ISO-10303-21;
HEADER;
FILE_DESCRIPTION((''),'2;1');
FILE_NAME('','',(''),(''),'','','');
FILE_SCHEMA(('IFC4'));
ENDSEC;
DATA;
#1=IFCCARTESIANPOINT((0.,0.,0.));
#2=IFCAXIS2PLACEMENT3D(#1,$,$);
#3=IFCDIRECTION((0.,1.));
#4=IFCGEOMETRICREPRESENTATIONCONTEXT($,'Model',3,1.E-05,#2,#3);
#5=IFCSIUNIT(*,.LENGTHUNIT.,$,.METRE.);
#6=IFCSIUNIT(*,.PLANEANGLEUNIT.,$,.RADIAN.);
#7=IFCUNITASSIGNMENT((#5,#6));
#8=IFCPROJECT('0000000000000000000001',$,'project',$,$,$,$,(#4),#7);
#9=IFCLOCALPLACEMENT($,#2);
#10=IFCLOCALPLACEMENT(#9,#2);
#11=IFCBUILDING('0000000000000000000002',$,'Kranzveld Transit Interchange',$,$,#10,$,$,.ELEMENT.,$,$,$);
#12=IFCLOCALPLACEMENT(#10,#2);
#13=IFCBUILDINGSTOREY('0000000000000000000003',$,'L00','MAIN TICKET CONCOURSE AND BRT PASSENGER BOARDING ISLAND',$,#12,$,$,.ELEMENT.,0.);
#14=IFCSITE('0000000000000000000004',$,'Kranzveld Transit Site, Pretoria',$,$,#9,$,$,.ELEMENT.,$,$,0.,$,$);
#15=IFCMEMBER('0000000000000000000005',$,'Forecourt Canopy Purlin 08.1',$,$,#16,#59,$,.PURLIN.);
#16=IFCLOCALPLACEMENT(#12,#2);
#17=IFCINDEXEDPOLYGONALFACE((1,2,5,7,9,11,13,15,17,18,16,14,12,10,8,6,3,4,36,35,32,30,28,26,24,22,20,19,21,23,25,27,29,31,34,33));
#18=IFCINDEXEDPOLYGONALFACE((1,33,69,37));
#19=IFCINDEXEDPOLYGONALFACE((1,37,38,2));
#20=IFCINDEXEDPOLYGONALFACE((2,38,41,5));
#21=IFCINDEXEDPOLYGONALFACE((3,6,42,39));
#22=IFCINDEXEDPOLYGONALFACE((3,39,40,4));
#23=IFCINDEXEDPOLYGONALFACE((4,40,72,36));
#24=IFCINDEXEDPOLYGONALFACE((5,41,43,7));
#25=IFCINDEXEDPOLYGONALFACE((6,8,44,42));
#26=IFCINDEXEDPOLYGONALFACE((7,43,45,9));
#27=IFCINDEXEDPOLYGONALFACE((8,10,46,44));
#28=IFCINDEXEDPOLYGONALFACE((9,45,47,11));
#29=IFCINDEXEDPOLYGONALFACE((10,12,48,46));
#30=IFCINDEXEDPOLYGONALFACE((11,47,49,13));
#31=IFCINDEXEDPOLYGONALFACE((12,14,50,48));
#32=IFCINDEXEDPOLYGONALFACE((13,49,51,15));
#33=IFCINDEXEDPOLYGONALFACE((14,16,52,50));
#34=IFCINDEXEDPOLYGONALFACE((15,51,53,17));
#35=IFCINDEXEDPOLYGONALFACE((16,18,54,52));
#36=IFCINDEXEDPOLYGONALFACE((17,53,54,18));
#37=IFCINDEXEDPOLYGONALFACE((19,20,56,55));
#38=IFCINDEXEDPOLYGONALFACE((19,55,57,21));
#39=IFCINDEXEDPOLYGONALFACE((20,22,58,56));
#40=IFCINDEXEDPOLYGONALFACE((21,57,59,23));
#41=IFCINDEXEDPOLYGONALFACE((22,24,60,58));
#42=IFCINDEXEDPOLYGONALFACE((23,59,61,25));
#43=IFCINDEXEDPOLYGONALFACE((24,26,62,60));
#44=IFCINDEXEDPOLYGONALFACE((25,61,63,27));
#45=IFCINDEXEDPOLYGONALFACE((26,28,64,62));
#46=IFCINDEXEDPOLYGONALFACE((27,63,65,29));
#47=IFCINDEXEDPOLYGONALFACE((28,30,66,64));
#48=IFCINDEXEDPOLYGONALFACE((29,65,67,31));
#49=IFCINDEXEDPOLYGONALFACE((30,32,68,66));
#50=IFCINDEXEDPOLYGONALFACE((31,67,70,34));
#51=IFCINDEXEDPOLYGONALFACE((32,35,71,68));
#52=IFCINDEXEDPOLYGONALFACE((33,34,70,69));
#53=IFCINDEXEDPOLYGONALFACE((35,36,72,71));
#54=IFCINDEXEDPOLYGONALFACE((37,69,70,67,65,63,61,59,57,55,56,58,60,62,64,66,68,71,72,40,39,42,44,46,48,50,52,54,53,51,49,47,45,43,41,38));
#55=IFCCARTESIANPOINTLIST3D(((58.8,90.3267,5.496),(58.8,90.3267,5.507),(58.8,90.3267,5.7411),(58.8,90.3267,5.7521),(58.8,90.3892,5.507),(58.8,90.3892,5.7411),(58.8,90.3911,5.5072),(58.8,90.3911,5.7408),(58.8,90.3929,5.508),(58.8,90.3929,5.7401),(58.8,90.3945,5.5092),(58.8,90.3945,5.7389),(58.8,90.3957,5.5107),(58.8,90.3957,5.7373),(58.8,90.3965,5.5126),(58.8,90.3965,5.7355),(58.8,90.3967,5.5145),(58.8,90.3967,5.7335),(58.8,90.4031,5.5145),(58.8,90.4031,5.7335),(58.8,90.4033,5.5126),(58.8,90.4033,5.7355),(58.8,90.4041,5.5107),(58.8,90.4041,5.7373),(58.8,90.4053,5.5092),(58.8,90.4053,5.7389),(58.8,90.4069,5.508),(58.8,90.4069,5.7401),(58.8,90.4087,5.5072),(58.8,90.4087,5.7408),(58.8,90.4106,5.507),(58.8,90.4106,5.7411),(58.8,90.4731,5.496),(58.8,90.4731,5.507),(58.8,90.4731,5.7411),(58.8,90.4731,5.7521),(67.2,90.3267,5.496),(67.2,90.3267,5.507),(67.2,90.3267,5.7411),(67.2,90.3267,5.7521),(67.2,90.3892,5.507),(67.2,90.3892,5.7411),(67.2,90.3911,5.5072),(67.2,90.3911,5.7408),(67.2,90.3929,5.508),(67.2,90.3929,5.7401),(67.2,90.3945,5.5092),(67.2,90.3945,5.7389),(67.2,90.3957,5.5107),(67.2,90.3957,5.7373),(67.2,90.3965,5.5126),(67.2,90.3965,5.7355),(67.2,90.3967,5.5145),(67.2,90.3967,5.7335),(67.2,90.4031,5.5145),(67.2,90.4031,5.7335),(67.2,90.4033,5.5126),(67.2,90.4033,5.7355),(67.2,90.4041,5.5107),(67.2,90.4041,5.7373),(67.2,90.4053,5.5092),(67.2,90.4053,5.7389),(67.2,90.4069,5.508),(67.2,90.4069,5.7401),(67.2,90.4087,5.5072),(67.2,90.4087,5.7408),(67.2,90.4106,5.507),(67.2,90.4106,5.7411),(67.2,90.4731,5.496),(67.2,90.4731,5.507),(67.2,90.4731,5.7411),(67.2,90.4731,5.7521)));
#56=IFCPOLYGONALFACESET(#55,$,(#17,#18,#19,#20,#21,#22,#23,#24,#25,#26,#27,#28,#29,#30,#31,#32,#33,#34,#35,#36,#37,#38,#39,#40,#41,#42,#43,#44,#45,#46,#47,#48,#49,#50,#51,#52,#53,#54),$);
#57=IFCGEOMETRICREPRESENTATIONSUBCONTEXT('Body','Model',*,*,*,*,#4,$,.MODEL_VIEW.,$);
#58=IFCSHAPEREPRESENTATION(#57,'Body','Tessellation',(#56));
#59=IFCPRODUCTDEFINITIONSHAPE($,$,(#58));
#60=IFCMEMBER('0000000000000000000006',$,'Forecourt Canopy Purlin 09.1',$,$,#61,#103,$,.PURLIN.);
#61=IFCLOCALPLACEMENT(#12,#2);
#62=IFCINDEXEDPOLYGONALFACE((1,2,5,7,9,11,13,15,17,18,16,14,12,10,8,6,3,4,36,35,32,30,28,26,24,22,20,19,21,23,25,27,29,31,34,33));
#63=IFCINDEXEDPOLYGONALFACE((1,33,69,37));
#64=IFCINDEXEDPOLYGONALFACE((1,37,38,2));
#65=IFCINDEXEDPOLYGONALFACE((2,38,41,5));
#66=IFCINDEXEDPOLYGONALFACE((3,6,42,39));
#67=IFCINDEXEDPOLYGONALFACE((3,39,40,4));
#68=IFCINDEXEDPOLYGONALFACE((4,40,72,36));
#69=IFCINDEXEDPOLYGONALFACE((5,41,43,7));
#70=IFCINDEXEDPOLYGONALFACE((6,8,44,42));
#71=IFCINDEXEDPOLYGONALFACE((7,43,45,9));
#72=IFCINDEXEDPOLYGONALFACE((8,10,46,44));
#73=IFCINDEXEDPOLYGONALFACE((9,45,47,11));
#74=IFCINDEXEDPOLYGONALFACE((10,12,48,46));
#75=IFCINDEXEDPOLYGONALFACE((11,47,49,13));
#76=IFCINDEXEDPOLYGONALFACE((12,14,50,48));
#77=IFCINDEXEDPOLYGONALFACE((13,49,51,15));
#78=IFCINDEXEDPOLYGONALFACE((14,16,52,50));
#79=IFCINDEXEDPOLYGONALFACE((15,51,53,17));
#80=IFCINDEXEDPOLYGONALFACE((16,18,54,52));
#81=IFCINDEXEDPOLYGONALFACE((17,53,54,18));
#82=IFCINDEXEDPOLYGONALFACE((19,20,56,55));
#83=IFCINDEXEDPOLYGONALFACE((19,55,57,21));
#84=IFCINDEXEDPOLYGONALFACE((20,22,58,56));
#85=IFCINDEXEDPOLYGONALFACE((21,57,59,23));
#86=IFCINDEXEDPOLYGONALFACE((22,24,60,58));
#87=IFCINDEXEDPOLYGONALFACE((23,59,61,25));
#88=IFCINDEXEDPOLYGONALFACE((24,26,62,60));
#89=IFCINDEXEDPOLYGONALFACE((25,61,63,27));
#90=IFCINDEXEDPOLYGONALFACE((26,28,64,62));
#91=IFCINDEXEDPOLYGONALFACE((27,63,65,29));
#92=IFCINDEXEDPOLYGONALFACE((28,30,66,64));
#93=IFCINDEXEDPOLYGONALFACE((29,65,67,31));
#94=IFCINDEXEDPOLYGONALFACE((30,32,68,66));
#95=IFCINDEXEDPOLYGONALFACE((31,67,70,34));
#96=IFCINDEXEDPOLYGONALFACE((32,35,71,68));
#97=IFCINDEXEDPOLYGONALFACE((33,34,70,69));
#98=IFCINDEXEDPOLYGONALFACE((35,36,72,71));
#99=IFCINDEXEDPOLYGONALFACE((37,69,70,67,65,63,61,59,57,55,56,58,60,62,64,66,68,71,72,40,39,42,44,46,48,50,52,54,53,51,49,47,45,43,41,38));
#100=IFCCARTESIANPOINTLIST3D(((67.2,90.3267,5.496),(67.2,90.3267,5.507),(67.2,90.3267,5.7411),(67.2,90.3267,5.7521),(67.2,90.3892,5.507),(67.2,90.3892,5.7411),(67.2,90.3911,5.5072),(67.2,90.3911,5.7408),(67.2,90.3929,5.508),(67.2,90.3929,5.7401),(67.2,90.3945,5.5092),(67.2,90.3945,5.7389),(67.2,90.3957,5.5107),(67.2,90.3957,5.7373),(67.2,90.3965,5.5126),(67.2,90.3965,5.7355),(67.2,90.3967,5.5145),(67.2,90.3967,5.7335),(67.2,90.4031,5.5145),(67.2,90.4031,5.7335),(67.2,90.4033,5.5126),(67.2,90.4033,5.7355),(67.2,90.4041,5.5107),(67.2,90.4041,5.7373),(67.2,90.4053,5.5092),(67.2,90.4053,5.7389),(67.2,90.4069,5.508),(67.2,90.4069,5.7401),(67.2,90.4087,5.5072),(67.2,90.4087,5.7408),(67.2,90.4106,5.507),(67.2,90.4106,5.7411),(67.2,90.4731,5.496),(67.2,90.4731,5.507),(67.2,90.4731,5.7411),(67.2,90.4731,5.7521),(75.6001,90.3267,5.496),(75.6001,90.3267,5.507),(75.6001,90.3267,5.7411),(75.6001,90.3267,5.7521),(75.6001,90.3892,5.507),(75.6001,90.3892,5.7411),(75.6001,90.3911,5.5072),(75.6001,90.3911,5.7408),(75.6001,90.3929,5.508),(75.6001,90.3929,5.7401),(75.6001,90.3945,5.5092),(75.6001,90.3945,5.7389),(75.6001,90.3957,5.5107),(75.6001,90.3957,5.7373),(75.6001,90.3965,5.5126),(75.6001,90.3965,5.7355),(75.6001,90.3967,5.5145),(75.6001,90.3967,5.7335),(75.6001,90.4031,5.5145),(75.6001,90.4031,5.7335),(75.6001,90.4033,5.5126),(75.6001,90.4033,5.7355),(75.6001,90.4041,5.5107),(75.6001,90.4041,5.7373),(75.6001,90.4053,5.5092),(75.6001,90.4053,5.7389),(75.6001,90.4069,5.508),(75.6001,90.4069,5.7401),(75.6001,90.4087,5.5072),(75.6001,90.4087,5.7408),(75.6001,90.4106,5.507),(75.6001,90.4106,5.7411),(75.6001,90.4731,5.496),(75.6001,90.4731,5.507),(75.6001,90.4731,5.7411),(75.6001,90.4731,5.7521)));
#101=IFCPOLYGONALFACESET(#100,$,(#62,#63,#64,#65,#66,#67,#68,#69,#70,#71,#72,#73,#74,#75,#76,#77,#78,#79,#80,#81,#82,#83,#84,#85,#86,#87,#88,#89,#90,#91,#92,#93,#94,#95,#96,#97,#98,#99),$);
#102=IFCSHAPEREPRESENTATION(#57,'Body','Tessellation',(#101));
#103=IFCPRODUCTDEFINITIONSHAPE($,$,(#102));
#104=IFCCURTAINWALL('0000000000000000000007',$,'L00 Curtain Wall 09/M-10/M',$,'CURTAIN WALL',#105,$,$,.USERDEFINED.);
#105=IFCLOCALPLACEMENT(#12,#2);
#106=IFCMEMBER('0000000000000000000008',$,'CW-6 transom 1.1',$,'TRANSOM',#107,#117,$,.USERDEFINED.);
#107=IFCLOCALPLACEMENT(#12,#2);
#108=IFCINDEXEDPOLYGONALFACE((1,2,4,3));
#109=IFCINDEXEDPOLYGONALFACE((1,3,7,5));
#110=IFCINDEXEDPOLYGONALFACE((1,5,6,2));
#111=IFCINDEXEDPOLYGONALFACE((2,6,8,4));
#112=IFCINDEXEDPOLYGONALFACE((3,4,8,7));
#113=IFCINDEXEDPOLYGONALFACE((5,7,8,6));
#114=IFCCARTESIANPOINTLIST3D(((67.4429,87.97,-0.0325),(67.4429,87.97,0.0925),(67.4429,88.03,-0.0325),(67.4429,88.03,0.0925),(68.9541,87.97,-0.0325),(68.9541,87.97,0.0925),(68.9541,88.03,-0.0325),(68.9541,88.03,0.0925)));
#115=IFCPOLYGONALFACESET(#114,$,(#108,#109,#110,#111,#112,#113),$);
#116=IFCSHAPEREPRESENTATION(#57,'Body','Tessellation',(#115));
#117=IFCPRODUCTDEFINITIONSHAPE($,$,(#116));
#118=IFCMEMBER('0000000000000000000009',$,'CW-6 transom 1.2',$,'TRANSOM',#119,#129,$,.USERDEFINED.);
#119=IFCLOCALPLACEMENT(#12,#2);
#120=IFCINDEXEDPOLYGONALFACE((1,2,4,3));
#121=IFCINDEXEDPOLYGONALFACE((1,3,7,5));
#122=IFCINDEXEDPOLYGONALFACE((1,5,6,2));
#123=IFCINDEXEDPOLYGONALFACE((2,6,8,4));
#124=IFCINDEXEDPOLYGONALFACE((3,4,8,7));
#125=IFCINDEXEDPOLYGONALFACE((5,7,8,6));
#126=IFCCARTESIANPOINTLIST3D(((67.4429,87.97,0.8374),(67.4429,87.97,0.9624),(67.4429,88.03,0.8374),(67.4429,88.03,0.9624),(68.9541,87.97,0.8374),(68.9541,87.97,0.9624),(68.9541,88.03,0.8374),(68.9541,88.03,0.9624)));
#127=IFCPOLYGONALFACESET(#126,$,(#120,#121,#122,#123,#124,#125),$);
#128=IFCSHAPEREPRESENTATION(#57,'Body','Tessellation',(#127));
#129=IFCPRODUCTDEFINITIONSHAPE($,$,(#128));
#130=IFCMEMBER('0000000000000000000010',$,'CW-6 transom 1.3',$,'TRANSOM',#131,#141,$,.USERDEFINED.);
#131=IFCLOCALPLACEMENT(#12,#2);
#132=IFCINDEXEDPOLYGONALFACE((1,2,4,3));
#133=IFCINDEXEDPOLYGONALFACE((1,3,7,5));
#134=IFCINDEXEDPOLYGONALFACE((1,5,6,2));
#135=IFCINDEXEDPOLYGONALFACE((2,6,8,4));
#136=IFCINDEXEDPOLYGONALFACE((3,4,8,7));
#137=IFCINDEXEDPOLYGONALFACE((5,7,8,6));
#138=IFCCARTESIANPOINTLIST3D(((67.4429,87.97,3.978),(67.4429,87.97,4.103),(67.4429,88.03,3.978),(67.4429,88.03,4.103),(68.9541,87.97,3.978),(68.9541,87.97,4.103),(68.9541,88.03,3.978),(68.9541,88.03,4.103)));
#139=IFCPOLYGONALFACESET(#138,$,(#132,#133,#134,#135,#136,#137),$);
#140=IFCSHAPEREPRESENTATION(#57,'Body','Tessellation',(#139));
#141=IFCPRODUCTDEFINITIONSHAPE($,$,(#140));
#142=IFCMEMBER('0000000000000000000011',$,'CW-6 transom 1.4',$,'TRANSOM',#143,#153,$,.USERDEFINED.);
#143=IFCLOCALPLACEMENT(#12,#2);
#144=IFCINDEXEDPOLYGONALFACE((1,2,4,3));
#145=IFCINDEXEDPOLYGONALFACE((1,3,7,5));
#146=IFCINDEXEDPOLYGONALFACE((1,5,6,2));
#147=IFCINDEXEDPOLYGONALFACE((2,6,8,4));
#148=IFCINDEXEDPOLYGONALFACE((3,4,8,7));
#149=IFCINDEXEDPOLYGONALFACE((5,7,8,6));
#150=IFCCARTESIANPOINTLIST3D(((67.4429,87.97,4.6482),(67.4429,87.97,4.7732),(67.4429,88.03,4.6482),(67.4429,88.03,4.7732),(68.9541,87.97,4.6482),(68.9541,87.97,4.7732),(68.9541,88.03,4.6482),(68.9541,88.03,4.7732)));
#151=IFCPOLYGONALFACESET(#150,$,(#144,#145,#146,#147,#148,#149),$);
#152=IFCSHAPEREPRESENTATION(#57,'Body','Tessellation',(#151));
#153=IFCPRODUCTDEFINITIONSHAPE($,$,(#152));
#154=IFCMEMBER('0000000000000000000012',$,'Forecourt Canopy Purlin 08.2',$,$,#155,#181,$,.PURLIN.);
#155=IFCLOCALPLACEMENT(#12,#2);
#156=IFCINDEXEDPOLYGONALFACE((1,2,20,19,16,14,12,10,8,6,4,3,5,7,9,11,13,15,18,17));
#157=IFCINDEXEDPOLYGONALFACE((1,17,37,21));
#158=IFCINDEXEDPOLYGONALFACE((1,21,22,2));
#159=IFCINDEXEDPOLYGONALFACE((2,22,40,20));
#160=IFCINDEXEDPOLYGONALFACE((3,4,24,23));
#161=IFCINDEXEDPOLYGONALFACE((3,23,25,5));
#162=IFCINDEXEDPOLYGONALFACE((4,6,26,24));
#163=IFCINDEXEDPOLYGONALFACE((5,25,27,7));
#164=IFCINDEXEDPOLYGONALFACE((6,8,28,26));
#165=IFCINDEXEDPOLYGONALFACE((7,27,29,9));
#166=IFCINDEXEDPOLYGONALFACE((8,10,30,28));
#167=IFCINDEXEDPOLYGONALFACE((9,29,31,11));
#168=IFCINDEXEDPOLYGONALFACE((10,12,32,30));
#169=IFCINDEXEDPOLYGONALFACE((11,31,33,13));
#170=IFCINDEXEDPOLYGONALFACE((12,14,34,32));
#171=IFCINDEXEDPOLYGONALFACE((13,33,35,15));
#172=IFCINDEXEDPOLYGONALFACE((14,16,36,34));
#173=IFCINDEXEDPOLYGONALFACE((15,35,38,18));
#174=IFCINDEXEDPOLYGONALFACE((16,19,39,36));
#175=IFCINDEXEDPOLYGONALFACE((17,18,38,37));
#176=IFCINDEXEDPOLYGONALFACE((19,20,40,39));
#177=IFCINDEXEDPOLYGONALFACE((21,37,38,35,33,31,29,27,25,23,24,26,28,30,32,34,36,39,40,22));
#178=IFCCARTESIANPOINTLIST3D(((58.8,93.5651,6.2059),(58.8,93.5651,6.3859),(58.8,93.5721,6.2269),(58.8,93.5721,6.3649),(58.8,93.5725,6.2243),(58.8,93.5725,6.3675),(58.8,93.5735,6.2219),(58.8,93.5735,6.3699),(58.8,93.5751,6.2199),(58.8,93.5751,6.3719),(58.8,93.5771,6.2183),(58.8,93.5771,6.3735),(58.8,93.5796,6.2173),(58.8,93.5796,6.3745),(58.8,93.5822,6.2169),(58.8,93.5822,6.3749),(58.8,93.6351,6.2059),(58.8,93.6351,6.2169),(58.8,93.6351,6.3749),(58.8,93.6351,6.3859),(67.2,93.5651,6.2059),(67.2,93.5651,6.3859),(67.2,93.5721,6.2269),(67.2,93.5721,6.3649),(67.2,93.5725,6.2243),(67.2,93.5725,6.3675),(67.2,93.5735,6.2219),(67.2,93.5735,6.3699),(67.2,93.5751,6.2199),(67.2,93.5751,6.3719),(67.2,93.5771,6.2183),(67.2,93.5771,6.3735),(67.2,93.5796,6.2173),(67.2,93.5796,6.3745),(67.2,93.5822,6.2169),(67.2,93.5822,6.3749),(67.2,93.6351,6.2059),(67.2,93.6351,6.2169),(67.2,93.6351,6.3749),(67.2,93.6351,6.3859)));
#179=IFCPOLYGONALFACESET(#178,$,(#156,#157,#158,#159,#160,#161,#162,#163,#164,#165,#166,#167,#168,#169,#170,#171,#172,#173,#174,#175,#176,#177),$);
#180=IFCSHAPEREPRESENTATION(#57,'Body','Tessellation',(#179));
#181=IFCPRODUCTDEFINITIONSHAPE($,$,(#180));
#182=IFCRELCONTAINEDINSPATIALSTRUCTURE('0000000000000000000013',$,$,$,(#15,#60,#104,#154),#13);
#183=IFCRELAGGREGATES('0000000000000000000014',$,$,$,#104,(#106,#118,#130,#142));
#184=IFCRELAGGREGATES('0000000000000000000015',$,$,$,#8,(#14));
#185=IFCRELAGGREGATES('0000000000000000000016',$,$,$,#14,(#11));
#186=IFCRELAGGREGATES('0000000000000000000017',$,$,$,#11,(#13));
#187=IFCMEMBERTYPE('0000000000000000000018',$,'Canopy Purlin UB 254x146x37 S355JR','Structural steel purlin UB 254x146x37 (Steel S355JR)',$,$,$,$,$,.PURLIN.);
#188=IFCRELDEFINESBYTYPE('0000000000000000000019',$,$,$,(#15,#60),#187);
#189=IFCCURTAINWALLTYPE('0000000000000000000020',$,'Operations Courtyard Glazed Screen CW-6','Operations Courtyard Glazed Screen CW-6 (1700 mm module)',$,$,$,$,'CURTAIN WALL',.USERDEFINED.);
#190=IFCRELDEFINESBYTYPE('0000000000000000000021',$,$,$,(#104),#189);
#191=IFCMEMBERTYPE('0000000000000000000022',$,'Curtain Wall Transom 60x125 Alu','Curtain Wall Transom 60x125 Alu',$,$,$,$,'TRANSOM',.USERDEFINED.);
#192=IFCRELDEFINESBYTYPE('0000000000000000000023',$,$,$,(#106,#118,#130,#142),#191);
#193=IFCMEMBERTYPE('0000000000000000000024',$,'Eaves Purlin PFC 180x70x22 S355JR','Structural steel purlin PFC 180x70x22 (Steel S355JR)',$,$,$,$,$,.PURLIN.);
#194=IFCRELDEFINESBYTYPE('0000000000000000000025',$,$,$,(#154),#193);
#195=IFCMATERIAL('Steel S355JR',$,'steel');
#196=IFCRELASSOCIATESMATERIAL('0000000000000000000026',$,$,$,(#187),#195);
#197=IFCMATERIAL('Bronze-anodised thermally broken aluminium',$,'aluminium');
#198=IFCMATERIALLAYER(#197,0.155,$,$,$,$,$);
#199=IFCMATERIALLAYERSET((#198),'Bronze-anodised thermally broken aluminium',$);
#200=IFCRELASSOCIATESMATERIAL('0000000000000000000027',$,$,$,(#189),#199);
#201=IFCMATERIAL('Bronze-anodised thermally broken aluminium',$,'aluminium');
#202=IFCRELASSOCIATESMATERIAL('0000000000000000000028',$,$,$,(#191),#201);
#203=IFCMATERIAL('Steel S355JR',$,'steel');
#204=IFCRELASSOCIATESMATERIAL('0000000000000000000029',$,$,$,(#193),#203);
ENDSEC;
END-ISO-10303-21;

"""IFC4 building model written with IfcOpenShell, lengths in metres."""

from ifc_helpers import new_model, si_unit, direction, frame, origin, origin_2d, place, context, subcontext, project, spatial, rectangle, i_section, u_section, extrude, material, layer, layer_set, material_profile, profile_set, type_object, element, aggregate, save


model = new_model("IFC4")

# Units and contexts
model_context = context("Model", 3, precision=1e-05, world=origin(), true_north=direction((0.0, 1.0)))
body_context = subcontext(model_context, "Body", "Model", "MODEL_VIEW")
ifc_project = project(units=[si_unit("LENGTHUNIT", "METRE"), si_unit("PLANEANGLEUNIT", "RADIAN")], contexts=[model_context])

# Site, building, storey
site_placement = place(None, origin())
site = spatial("IfcSite", under=ifc_project, at=site_placement, Name="Kranzveld Transit Site, Pretoria", CompositionType="ELEMENT", RefElevation=0.0)
building_placement = place(site_placement, origin())
building = spatial("IfcBuilding", under=site, at=building_placement, Name="Kranzveld Transit Interchange", CompositionType="ELEMENT")
storey_placement = place(building_placement, origin())
storey = spatial("IfcBuildingStorey", under=building, at=storey_placement, Name="L00", Description="MAIN TICKET CONCOURSE AND BRT PASSENGER BOARDING ISLAND", CompositionType="ELEMENT", Elevation=0.0)

# Members
ifc_material_1 = material(Name="Steel S355JR", Category="steel")
ifc_material_profile_1 = material_profile(ifc_material_1, i_section(OverallWidth=0.1465, OverallDepth=0.2561, WebThickness=0.0063, FlangeThickness=0.011, FilletRadius=0.0076, at=origin_2d()), Name="UB 254x146x37")
ifc_profile_set_1 = profile_set([ifc_material_profile_1], Name="Steel S355JR")
member_type_1 = type_object("IfcMemberType", Name="Canopy Purlin UB 254x146x37 S355JR", Description="Structural steel purlin UB 254x146x37 (Steel S355JR)", PredefinedType="PURLIN", material=ifc_profile_set_1)
member_1_placement = place(storey_placement, frame((58.8, 90.3999, 5.624), z_axis=(1.0, 0.0, 0.0), x_axis=(0.0, 1.0, 0.0)))
element("IfcMember", 1, at=member_1_placement, inside=storey, type_object=member_type_1, Name="Forecourt Canopy Purlin 08.1", PredefinedType="PURLIN", context=body_context, shape_type="SweptSolid", body=[
    extrude(i_section(OverallWidth=0.1465, OverallDepth=0.2561, WebThickness=0.0063, FlangeThickness=0.011, FilletRadius=0.0076, at=origin_2d()), origin(), (0.0, 0.0, 1.0), 8.3999),
])
member_2_placement = place(storey_placement, frame((67.2, 90.3999, 5.624), z_axis=(1.0, 0.0, 0.0), x_axis=(0.0, 1.0, 0.0)))
element("IfcMember", 2, at=member_2_placement, inside=storey, type_object=member_type_1, Name="Forecourt Canopy Purlin 09.1", PredefinedType="PURLIN", context=body_context, shape_type="SweptSolid", body=[
    extrude(i_section(OverallWidth=0.1465, OverallDepth=0.2561, WebThickness=0.0063, FlangeThickness=0.011, FilletRadius=0.0076, at=origin_2d()), origin(), (0.0, 0.0, 1.0), 8.4001),
])

# Curtain wall, members
ifc_material_2 = material(Name="Bronze-anodised thermally broken aluminium", Category="aluminium")
ifc_layer_1 = layer(ifc_material_2, 0.155)
ifc_layer_set_1 = layer_set([ifc_layer_1], Name="Bronze-anodised thermally broken aluminium")
curtain_wall_type = type_object("IfcCurtainWallType", Name="Operations Courtyard Glazed Screen CW-6", Description="Operations Courtyard Glazed Screen CW-6 (1700 mm module)", ElementType="CURTAIN WALL", PredefinedType="USERDEFINED", material=ifc_layer_set_1)
curtain_wall_placement = place(storey_placement, origin())
curtain_wall = element("IfcCurtainWall", 3, at=curtain_wall_placement, inside=storey, type_object=curtain_wall_type, Name="L00 Curtain Wall 09/M-10/M", ObjectType="CURTAIN WALL", PredefinedType="USERDEFINED")
ifc_material_3 = material(Name="Bronze-anodised thermally broken aluminium", Category="aluminium")
ifc_material_profile_2 = material_profile(ifc_material_3, rectangle(XDim=0.0601, YDim=0.125, at=origin_2d()), Name="ALU TRANSOM 60x125")
ifc_profile_set_2 = profile_set([ifc_material_profile_2], Name="Bronze-anodised thermally broken aluminium")
member_type_2 = type_object("IfcMemberType", Name="Curtain Wall Transom 60x125 Alu", Description="Curtain Wall Transom 60x125 Alu", ElementType="TRANSOM", PredefinedType="USERDEFINED", material=ifc_profile_set_2)
member_3_placement = place(storey_placement, frame((67.4429, 88.0, 0.03), z_axis=(1.0, 0.0, 0.0), x_axis=(0.0, 1.0, 0.0)))
member_3 = element("IfcMember", 4, at=member_3_placement, type_object=member_type_2, Name="CW-6 transom 1.1", ObjectType="TRANSOM", PredefinedType="USERDEFINED", context=body_context, shape_type="SweptSolid", body=[
    extrude(rectangle(XDim=0.0601, YDim=0.125, at=origin_2d()), origin(), (0.0, 0.0, 1.0), 1.5112),
])
member_4_placement = place(storey_placement, frame((67.4429, 88.0, 0.8999), z_axis=(1.0, 0.0, 0.0), x_axis=(0.0, 1.0, 0.0)))
member_4 = element("IfcMember", 5, at=member_4_placement, type_object=member_type_2, Name="CW-6 transom 1.2", ObjectType="TRANSOM", PredefinedType="USERDEFINED", context=body_context, shape_type="SweptSolid", body=[
    extrude(rectangle(XDim=0.0601, YDim=0.125, at=origin_2d()), origin(), (0.0, 0.0, 1.0), 1.5112),
])
member_5_placement = place(storey_placement, frame((67.4429, 88.0, 4.0405), z_axis=(1.0, 0.0, 0.0), x_axis=(0.0, 1.0, 0.0)))
member_5 = element("IfcMember", 6, at=member_5_placement, type_object=member_type_2, Name="CW-6 transom 1.3", ObjectType="TRANSOM", PredefinedType="USERDEFINED", context=body_context, shape_type="SweptSolid", body=[
    extrude(rectangle(XDim=0.0601, YDim=0.125, at=origin_2d()), origin(), (0.0, 0.0, 1.0), 1.5112),
])
member_6_placement = place(storey_placement, frame((67.4429, 88.0, 4.7107), z_axis=(1.0, 0.0, 0.0), x_axis=(0.0, 1.0, 0.0)))
member_6 = element("IfcMember", 7, at=member_6_placement, type_object=member_type_2, Name="CW-6 transom 1.4", ObjectType="TRANSOM", PredefinedType="USERDEFINED", context=body_context, shape_type="SweptSolid", body=[
    extrude(rectangle(XDim=0.0601, YDim=0.125, at=origin_2d()), origin(), (0.0, 0.0, 1.0), 1.5112),
])

# Member
ifc_material_4 = material(Name="Steel S355JR", Category="steel")
ifc_material_profile_3 = material_profile(ifc_material_4, u_section(Depth=0.1799, FlangeWidth=0.0701, WebThickness=0.0071, FlangeThickness=0.011, FilletRadius=0.01, at=origin_2d()), Name="PFC 180x70x22")
ifc_profile_set_3 = profile_set([ifc_material_profile_3], Name="Steel S355JR")
member_type_3 = type_object("IfcMemberType", Name="Eaves Purlin PFC 180x70x22 S355JR", Description="Structural steel purlin PFC 180x70x22 (Steel S355JR)", PredefinedType="PURLIN", material=ifc_profile_set_3)
member_7_placement = place(storey_placement, frame((58.8, 93.6001, 6.2959), z_axis=(1.0, 0.0, 0.0), x_axis=(0.0, 1.0, 0.0)))
element("IfcMember", 8, at=member_7_placement, inside=storey, type_object=member_type_3, Name="Forecourt Canopy Purlin 08.2", PredefinedType="PURLIN", context=body_context, shape_type="SweptSolid", body=[
    extrude(u_section(Depth=0.1799, FlangeWidth=0.0701, WebThickness=0.0071, FlangeThickness=0.011, FilletRadius=0.01, at=origin_2d()), origin(), (0.0, 0.0, 1.0), 8.3999),
])

aggregate(curtain_wall, [member_3, member_4, member_5, member_6])

save(model, "model.ifc")
